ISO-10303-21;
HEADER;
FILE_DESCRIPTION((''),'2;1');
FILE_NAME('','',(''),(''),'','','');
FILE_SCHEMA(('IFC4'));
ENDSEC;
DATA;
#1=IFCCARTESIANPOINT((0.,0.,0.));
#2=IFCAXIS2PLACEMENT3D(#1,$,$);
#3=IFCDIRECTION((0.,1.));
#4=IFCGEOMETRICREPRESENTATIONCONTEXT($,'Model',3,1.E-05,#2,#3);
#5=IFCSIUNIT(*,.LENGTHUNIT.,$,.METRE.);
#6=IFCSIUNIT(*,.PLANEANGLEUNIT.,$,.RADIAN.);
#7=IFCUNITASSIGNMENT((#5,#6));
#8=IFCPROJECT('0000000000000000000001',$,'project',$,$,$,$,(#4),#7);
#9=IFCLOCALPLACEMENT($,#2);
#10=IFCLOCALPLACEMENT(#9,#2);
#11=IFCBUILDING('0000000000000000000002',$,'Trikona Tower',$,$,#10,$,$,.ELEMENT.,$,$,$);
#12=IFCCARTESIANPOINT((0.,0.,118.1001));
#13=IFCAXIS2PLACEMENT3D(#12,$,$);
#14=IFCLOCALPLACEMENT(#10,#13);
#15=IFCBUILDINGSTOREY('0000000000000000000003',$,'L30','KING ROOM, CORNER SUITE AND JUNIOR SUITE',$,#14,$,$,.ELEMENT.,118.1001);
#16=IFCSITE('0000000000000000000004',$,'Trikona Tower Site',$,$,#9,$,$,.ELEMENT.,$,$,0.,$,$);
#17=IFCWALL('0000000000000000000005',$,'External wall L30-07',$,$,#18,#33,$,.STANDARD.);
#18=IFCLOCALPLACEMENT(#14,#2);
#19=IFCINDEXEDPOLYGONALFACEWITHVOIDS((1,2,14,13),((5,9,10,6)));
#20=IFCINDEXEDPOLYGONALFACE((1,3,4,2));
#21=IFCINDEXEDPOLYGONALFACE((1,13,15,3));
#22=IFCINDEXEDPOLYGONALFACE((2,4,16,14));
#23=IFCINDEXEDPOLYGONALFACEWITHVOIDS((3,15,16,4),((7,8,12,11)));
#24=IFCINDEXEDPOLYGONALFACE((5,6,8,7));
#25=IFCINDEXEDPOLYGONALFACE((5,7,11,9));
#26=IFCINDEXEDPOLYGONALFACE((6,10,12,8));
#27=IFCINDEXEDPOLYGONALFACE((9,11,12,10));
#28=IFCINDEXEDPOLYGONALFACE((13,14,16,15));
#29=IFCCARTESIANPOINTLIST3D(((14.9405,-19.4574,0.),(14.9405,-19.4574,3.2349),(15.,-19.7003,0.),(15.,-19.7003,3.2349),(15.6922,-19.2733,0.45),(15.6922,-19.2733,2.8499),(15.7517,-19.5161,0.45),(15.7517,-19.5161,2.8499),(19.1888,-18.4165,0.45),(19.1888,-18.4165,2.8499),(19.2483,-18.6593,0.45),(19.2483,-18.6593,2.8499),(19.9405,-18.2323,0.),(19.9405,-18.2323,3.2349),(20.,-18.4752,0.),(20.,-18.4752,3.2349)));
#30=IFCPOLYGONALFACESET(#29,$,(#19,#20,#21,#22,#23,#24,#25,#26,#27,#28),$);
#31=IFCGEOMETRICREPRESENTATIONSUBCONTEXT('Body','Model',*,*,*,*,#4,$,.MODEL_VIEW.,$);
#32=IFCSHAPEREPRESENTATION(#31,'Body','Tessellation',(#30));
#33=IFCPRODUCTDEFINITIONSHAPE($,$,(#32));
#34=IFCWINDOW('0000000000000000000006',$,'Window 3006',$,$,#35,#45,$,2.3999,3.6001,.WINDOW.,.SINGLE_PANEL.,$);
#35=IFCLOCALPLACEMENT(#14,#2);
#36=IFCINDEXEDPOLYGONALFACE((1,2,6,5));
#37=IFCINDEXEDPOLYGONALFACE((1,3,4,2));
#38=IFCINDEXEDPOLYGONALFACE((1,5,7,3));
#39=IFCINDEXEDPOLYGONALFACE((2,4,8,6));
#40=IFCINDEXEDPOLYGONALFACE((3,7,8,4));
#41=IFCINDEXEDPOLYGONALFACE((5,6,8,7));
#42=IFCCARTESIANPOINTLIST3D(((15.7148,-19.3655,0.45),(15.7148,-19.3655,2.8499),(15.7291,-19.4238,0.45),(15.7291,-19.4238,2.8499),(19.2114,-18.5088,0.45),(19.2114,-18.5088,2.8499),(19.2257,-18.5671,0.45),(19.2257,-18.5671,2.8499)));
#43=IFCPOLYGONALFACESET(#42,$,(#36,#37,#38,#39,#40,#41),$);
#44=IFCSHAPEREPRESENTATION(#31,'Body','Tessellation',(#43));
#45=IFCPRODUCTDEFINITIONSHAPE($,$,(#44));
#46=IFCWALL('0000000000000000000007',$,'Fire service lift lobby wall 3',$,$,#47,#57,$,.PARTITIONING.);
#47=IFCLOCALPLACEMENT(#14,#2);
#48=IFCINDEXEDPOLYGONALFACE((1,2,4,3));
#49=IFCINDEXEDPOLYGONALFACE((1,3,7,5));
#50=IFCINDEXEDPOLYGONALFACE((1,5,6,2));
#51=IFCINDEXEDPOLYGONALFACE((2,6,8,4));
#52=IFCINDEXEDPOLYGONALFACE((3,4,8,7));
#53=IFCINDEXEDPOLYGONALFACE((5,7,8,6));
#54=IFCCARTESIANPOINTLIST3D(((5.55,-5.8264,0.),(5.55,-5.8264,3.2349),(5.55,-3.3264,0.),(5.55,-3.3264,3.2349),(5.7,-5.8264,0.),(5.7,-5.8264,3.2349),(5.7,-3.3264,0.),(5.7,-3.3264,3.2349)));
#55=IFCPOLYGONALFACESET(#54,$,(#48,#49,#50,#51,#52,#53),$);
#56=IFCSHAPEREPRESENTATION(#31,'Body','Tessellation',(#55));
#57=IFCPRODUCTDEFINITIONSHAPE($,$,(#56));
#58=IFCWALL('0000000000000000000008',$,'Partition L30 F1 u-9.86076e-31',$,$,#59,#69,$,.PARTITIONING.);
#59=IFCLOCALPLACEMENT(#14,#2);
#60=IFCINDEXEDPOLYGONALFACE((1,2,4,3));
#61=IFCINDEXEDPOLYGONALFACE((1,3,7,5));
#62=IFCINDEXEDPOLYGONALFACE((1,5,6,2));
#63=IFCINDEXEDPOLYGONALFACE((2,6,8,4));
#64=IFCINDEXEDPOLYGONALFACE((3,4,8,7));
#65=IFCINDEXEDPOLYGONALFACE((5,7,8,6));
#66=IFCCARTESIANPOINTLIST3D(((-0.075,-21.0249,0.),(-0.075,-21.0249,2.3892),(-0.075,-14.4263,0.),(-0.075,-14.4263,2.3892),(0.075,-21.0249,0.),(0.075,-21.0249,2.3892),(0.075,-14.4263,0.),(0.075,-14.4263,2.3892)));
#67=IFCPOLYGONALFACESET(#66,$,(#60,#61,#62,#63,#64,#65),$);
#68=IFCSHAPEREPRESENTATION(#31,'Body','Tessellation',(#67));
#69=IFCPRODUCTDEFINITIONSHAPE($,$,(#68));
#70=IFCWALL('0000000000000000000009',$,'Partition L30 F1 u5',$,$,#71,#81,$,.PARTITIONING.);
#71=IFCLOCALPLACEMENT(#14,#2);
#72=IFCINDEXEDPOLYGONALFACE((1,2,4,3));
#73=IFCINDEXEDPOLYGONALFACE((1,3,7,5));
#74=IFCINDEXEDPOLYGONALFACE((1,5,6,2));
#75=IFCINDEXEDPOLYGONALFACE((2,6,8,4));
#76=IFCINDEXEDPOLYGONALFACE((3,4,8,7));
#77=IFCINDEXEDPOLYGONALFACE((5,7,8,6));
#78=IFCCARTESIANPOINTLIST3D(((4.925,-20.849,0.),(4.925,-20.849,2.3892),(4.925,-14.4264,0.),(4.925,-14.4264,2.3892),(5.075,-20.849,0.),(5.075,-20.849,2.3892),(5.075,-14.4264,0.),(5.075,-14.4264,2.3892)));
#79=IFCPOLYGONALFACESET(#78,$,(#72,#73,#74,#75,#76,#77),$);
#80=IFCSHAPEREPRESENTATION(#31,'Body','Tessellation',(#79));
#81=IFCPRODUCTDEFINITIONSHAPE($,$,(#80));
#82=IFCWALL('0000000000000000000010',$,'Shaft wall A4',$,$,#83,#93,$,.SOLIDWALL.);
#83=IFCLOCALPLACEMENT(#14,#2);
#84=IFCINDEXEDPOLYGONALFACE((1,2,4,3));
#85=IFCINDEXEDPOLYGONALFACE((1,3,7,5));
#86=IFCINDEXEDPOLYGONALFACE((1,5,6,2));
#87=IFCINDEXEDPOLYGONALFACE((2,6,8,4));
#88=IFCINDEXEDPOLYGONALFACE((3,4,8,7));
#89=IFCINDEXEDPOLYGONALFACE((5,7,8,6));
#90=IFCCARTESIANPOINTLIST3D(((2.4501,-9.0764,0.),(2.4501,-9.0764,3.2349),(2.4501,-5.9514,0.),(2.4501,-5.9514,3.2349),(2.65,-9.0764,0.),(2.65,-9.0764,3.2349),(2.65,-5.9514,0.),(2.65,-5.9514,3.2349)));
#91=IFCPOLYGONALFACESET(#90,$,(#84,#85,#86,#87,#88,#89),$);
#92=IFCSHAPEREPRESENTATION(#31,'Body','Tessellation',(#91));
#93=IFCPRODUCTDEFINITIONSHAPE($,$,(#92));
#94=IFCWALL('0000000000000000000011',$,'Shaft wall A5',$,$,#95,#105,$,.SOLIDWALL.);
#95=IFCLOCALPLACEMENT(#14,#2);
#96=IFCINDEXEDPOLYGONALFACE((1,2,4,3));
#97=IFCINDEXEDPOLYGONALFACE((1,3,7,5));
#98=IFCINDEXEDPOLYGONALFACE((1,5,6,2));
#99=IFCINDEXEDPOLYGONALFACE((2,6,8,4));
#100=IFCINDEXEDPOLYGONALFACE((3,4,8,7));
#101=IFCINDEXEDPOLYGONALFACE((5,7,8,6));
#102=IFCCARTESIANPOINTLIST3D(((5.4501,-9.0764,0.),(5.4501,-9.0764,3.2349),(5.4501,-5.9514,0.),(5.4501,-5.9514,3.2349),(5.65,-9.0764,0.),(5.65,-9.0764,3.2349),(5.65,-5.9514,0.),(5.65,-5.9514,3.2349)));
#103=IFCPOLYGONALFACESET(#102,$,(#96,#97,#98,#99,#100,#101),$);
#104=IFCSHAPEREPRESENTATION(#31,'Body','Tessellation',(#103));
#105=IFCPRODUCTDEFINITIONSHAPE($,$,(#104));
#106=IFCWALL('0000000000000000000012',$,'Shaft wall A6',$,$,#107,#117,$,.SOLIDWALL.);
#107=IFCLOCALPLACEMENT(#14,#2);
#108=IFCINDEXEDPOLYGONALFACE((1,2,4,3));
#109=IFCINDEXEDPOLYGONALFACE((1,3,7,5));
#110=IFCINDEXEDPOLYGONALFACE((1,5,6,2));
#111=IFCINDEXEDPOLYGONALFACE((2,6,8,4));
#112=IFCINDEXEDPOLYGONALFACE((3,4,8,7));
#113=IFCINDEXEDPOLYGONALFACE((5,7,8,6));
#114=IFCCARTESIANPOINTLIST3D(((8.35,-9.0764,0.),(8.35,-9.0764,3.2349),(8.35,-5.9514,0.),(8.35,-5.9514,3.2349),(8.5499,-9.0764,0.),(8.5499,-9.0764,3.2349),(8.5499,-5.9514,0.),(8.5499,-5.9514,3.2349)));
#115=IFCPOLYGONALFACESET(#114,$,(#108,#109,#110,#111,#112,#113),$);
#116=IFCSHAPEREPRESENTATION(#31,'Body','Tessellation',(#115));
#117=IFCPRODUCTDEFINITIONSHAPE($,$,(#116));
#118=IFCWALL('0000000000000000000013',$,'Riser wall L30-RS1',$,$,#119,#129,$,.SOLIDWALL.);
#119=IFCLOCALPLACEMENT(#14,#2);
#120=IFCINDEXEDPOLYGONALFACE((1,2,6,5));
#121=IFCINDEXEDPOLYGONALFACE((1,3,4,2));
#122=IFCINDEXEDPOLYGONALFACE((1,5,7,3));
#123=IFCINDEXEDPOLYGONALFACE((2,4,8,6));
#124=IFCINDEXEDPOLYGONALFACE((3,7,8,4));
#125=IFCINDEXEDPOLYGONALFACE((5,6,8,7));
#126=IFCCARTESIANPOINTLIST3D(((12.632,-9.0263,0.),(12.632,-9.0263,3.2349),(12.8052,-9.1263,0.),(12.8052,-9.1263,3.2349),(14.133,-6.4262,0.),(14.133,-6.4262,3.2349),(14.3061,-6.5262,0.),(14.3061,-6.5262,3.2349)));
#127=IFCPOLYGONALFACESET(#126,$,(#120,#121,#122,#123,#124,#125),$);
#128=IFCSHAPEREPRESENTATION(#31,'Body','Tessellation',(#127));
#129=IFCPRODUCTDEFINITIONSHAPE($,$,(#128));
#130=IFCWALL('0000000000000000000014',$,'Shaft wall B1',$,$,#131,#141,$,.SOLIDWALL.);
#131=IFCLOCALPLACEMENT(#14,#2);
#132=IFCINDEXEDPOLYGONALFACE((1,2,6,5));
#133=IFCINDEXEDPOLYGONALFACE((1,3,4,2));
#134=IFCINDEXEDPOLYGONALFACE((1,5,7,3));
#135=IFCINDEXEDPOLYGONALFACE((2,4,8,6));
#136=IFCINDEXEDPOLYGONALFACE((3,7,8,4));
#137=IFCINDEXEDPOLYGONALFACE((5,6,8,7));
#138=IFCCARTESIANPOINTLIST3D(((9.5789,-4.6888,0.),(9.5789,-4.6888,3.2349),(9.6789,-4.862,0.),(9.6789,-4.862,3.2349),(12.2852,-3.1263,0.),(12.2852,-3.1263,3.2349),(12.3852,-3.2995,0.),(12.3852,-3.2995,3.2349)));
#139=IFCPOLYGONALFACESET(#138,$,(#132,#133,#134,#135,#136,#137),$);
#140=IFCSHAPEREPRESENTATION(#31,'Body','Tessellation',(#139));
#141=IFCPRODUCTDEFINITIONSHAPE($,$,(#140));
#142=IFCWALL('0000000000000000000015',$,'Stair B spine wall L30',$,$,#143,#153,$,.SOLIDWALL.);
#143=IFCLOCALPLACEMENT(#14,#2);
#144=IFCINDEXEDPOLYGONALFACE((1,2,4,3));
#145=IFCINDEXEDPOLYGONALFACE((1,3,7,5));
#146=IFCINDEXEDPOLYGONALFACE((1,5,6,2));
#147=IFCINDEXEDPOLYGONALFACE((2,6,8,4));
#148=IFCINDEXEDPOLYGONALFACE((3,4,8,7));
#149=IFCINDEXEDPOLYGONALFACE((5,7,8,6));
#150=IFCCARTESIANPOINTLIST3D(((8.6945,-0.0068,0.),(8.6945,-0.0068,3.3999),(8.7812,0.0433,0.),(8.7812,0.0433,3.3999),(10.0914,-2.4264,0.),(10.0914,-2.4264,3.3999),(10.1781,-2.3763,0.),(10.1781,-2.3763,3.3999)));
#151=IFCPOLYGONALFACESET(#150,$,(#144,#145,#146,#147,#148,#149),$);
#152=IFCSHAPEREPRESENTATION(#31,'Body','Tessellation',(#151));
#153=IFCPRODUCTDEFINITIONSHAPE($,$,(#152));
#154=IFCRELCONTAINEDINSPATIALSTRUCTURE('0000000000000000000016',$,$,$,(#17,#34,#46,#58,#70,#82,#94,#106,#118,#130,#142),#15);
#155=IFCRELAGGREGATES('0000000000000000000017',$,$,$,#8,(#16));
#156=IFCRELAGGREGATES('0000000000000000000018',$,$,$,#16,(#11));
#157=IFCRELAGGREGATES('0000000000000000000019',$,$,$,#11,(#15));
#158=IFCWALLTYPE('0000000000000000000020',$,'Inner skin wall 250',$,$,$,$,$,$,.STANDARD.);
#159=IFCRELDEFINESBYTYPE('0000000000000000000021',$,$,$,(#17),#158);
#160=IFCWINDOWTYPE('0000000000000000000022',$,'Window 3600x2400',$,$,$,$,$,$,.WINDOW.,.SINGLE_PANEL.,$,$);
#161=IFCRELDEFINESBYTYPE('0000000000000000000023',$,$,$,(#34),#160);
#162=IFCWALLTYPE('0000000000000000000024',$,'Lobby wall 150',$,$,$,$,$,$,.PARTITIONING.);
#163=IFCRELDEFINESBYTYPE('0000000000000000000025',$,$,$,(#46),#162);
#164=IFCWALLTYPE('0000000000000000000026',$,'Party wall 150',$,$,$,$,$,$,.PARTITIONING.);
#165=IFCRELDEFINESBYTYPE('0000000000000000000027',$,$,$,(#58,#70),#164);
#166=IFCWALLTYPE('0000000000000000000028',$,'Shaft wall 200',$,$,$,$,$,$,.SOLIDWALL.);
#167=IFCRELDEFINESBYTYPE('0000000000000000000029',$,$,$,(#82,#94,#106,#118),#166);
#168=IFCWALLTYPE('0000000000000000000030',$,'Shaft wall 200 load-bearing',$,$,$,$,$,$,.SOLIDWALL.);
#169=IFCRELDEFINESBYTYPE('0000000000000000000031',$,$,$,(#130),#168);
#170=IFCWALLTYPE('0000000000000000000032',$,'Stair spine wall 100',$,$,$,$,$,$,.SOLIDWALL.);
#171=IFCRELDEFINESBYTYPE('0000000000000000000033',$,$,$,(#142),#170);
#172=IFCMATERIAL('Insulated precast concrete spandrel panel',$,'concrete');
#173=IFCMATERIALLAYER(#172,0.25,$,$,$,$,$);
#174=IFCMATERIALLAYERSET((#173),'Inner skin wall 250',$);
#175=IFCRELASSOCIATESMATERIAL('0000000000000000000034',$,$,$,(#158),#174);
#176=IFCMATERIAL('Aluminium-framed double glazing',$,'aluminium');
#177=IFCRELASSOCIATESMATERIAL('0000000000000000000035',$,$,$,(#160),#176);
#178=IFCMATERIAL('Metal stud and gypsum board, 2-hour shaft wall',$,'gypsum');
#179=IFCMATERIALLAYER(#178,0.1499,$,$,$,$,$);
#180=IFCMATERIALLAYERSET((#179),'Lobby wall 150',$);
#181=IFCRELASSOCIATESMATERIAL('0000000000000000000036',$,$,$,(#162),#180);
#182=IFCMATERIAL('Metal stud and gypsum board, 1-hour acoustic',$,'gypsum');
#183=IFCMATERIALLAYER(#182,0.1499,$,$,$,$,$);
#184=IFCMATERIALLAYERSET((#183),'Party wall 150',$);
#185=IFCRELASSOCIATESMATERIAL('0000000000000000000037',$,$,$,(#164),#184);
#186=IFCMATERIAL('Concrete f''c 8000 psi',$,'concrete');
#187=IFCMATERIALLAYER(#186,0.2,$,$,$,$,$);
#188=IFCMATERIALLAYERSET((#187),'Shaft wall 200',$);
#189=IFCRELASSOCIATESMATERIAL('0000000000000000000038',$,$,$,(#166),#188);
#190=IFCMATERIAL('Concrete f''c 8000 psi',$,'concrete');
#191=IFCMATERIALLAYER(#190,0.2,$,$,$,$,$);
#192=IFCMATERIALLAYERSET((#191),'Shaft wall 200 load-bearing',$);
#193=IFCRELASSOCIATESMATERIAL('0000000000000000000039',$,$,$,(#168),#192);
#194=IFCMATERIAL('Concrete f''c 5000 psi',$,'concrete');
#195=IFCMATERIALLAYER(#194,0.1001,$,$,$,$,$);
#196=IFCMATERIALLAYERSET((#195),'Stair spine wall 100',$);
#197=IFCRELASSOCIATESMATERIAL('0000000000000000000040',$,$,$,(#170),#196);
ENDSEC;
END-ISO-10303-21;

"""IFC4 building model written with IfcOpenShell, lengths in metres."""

from ifc_helpers import new_model, si_unit, direction, frame, frame_2d, origin, place, context, subcontext, project, spatial, rectangle, extrude, material, layer, layer_set, type_object, element, fill, save


model = new_model("IFC4")

# Units and contexts
model_context = context("Model", 3, precision=1e-05, world=origin(), true_north=direction((0.0, 1.0)))
body_context = subcontext(model_context, "Body", "Model", "MODEL_VIEW")
ifc_project = project(units=[si_unit("LENGTHUNIT", "METRE"), si_unit("PLANEANGLEUNIT", "RADIAN")], contexts=[model_context])

# Site, building, storey
site_placement = place(None, origin())
site = spatial("IfcSite", under=ifc_project, at=site_placement, Name="Trikona Tower Site", CompositionType="ELEMENT", RefElevation=0.0)
building_placement = place(site_placement, origin())
building = spatial("IfcBuilding", under=site, at=building_placement, Name="Trikona Tower", CompositionType="ELEMENT")
storey_placement = place(building_placement, frame((0.0, 0.0, 118.1001)))
storey = spatial("IfcBuildingStorey", under=building, at=storey_placement, Name="L30", Description="KING ROOM, CORNER SUITE AND JUNIOR SUITE", CompositionType="ELEMENT", Elevation=118.1001)

# Wall, opening, window
ifc_material_1 = material(Name="Insulated precast concrete spandrel panel", Category="concrete")
ifc_layer_1 = layer(ifc_material_1, 0.25)
ifc_layer_set_1 = layer_set([ifc_layer_1], Name="Inner skin wall 250")
wall_type_1 = type_object("IfcWallType", Name="Inner skin wall 250", PredefinedType="STANDARD", material=ifc_layer_set_1)
wall_1_placement = place(storey_placement, frame((14.9702, -19.5789, 0.0), z_axis=(0.0, 0.0, 1.0), x_axis=(0.97127, 0.23798, 0.0)))
wall_1 = element("IfcWall", 1, at=wall_1_placement, inside=storey, type_object=wall_type_1, Name="External wall L30-07", PredefinedType="STANDARD", context=body_context, shape_type="SweptSolid", body=[
    extrude(rectangle(XDim=5.1479, YDim=0.25, at=frame_2d((2.574, 0.0))), origin(), (0.0, 0.0, 1.0), 3.2349),
])
opening_1_placement = place(wall_1_placement, frame((0.7739, 0.0, 0.45)))
opening_1 = element("IfcOpeningElement", 2, at=opening_1_placement, cuts=wall_1, PredefinedType="OPENING", context=body_context, shape_type="SweptSolid", body=[
    extrude(rectangle(XDim=3.6001, YDim=2.3999, at=frame_2d((1.8, 1.2))), frame((0.0, 0.135, 0.0), z_axis=(0.0, -1.0, 0.0), x_axis=(1.0, 0.0, 0.0)), (0.0, 0.0, 1.0), 0.27),
])
ifc_material_2 = material(Name="Aluminium-framed double glazing", Category="aluminium")
window_type = type_object("IfcWindowType", Name="Window 3600x2400", PartitioningType="SINGLE_PANEL", PredefinedType="WINDOW", material=ifc_material_2)
window_placement = place(opening_1_placement, origin())
window = element("IfcWindow", 3, at=window_placement, inside=storey, type_object=window_type, Name="Window 3006", OverallHeight=2.3999, OverallWidth=3.6001, PartitioningType="SINGLE_PANEL", PredefinedType="WINDOW", context=body_context, shape_type="SweptSolid", body=[
    extrude(rectangle(XDim=3.6001, YDim=2.3999, at=frame_2d((1.8, 1.2))), frame((0.0, 0.03, 0.0), z_axis=(0.0, -1.0, 0.0), x_axis=(1.0, 0.0, 0.0)), (0.0, 0.0, 1.0), 0.0601),
])
fill(opening_1, window)

# Walls
ifc_material_3 = material(Name="Metal stud and gypsum board, 2-hour shaft wall", Category="gypsum")
ifc_layer_2 = layer(ifc_material_3, 0.1499)
ifc_layer_set_2 = layer_set([ifc_layer_2], Name="Lobby wall 150")
wall_type_2 = type_object("IfcWallType", Name="Lobby wall 150", PredefinedType="PARTITIONING", material=ifc_layer_set_2)
wall_2_placement = place(storey_placement, frame((5.625, -5.8264, 0.0), z_axis=(0.0, 0.0, 1.0), x_axis=(0.0, 1.0, 0.0)))
element("IfcWall", 4, at=wall_2_placement, inside=storey, type_object=wall_type_2, Name="Fire service lift lobby wall 3", PredefinedType="PARTITIONING", context=body_context, shape_type="SweptSolid", body=[
    extrude(rectangle(XDim=2.5, YDim=0.1499, at=frame_2d((1.25, 0.0))), origin(), (0.0, 0.0, 1.0), 3.2349),
])
ifc_material_4 = material(Name="Metal stud and gypsum board, 1-hour acoustic", Category="gypsum")
ifc_layer_3 = layer(ifc_material_4, 0.1499)
ifc_layer_set_3 = layer_set([ifc_layer_3], Name="Party wall 150")
wall_type_3 = type_object("IfcWallType", Name="Party wall 150", PredefinedType="PARTITIONING", material=ifc_layer_set_3)
wall_3_placement = place(storey_placement, frame((0.0, -14.4263, 0.0), z_axis=(0.0, 0.0, 1.0), x_axis=(0.0, -1.0, 0.0)))
element("IfcWall", 5, at=wall_3_placement, inside=storey, type_object=wall_type_3, Name="Partition L30 F1 u-9.86076e-31", PredefinedType="PARTITIONING", context=body_context, shape_type="SweptSolid", body=[
    extrude(rectangle(XDim=6.5986, YDim=0.1499, at=frame_2d((3.2993, 0.0))), origin(), (0.0, 0.0, 1.0), 2.3892),
])
wall_4_placement = place(storey_placement, frame((5.0, -14.4263, 0.0), z_axis=(0.0, 0.0, 1.0), x_axis=(0.0, -1.0, 0.0)))
element("IfcWall", 6, at=wall_4_placement, inside=storey, type_object=wall_type_3, Name="Partition L30 F1 u5", PredefinedType="PARTITIONING", context=body_context, shape_type="SweptSolid", body=[
    extrude(rectangle(XDim=6.4226, YDim=0.1499, at=frame_2d((3.2114, 0.0))), origin(), (0.0, 0.0, 1.0), 2.3892),
])
ifc_material_5 = material(Name="Concrete f'c 8000 psi", Category="concrete")
ifc_layer_4 = layer(ifc_material_5, 0.2)
ifc_layer_set_4 = layer_set([ifc_layer_4], Name="Shaft wall 200")
wall_type_4 = type_object("IfcWallType", Name="Shaft wall 200", PredefinedType="SOLIDWALL", material=ifc_layer_set_4)
for number, where, z_axis, x_axis, name in (
    (7, (2.55, -5.9514, 0.0), (0.0, 0.0, 1.0), (0.0, -1.0, 0.0), "Shaft wall A4"),
    (8, (5.55, -5.9514, 0.0), (0.0, 0.0, 1.0), (0.0, -1.0, 0.0), "Shaft wall A5"),
    (9, (8.45, -5.9514, 0.0), (0.0, 0.0, 1.0), (0.0, -1.0, 0.0), "Shaft wall A6"),
):
    element("IfcWall", number, at=place(storey_placement, frame(where, z_axis=z_axis, x_axis=x_axis)), inside=storey, type_object=wall_type_4, Name=name, PredefinedType="SOLIDWALL", context=body_context, shape_type="SweptSolid", body=[
        extrude(rectangle(XDim=3.125, YDim=0.2, at=frame_2d((1.5625, 0.0))), origin(), (0.0, 0.0, 1.0), 3.2349),
    ])
wall_5_placement = place(storey_placement, frame((14.2195, -6.4763, 0.0), z_axis=(0.0, 0.0, 1.0), x_axis=(-0.499952, -0.866053, 0.0)))
element("IfcWall", 10, at=wall_5_placement, inside=storey, type_object=wall_type_4, Name="Riser wall L30-RS1", PredefinedType="SOLIDWALL", context=body_context, shape_type="SweptSolid", body=[
    extrude(rectangle(XDim=3.0022, YDim=0.2, at=frame_2d((1.501, 0.0))), origin(), (0.0, 0.0, 1.0), 3.2349),
])
ifc_material_6 = material(Name="Concrete f'c 8000 psi", Category="concrete")
ifc_layer_5 = layer(ifc_material_6, 0.2)
ifc_layer_set_5 = layer_set([ifc_layer_5], Name="Shaft wall 200 load-bearing")
wall_type_5 = type_object("IfcWallType", Name="Shaft wall 200 load-bearing", PredefinedType="SOLIDWALL", material=ifc_layer_set_5)
wall_6_placement = place(storey_placement, frame((9.6289, -4.7754, 0.0), z_axis=(0.0, 0.0, 1.0), x_axis=(0.866023, 0.500004, 0.0)))
element("IfcWall", 11, at=wall_6_placement, inside=storey, type_object=wall_type_5, Name="Shaft wall B1", PredefinedType="SOLIDWALL", context=body_context, shape_type="SweptSolid", body=[
    extrude(rectangle(XDim=3.125, YDim=0.2, at=frame_2d((1.5625, 0.0))), origin(), (0.0, 0.0, 1.0), 3.2349),
])
ifc_material_7 = material(Name="Concrete f'c 5000 psi", Category="concrete")
ifc_layer_6 = layer(ifc_material_7, 0.1001)
ifc_layer_set_6 = layer_set([ifc_layer_6], Name="Stair spine wall 100")
wall_type_6 = type_object("IfcWallType", Name="Stair spine wall 100", PredefinedType="SOLIDWALL", material=ifc_layer_set_6)
wall_7_placement = place(storey_placement, frame((10.1348, -2.4014, 0.0), z_axis=(0.0, 0.0, 1.0), x_axis=(-0.499992, 0.86603, 0.0)))
element("IfcWall", 12, at=wall_7_placement, inside=storey, type_object=wall_type_6, Name="Stair B spine wall L30", PredefinedType="SOLIDWALL", context=body_context, shape_type="SweptSolid", body=[
    extrude(rectangle(XDim=2.7939, YDim=0.1001, at=frame_2d((1.397, 0.0))), origin(), (0.0, 0.0, 1.0), 3.3999),
])

save(model, "model.ifc")
